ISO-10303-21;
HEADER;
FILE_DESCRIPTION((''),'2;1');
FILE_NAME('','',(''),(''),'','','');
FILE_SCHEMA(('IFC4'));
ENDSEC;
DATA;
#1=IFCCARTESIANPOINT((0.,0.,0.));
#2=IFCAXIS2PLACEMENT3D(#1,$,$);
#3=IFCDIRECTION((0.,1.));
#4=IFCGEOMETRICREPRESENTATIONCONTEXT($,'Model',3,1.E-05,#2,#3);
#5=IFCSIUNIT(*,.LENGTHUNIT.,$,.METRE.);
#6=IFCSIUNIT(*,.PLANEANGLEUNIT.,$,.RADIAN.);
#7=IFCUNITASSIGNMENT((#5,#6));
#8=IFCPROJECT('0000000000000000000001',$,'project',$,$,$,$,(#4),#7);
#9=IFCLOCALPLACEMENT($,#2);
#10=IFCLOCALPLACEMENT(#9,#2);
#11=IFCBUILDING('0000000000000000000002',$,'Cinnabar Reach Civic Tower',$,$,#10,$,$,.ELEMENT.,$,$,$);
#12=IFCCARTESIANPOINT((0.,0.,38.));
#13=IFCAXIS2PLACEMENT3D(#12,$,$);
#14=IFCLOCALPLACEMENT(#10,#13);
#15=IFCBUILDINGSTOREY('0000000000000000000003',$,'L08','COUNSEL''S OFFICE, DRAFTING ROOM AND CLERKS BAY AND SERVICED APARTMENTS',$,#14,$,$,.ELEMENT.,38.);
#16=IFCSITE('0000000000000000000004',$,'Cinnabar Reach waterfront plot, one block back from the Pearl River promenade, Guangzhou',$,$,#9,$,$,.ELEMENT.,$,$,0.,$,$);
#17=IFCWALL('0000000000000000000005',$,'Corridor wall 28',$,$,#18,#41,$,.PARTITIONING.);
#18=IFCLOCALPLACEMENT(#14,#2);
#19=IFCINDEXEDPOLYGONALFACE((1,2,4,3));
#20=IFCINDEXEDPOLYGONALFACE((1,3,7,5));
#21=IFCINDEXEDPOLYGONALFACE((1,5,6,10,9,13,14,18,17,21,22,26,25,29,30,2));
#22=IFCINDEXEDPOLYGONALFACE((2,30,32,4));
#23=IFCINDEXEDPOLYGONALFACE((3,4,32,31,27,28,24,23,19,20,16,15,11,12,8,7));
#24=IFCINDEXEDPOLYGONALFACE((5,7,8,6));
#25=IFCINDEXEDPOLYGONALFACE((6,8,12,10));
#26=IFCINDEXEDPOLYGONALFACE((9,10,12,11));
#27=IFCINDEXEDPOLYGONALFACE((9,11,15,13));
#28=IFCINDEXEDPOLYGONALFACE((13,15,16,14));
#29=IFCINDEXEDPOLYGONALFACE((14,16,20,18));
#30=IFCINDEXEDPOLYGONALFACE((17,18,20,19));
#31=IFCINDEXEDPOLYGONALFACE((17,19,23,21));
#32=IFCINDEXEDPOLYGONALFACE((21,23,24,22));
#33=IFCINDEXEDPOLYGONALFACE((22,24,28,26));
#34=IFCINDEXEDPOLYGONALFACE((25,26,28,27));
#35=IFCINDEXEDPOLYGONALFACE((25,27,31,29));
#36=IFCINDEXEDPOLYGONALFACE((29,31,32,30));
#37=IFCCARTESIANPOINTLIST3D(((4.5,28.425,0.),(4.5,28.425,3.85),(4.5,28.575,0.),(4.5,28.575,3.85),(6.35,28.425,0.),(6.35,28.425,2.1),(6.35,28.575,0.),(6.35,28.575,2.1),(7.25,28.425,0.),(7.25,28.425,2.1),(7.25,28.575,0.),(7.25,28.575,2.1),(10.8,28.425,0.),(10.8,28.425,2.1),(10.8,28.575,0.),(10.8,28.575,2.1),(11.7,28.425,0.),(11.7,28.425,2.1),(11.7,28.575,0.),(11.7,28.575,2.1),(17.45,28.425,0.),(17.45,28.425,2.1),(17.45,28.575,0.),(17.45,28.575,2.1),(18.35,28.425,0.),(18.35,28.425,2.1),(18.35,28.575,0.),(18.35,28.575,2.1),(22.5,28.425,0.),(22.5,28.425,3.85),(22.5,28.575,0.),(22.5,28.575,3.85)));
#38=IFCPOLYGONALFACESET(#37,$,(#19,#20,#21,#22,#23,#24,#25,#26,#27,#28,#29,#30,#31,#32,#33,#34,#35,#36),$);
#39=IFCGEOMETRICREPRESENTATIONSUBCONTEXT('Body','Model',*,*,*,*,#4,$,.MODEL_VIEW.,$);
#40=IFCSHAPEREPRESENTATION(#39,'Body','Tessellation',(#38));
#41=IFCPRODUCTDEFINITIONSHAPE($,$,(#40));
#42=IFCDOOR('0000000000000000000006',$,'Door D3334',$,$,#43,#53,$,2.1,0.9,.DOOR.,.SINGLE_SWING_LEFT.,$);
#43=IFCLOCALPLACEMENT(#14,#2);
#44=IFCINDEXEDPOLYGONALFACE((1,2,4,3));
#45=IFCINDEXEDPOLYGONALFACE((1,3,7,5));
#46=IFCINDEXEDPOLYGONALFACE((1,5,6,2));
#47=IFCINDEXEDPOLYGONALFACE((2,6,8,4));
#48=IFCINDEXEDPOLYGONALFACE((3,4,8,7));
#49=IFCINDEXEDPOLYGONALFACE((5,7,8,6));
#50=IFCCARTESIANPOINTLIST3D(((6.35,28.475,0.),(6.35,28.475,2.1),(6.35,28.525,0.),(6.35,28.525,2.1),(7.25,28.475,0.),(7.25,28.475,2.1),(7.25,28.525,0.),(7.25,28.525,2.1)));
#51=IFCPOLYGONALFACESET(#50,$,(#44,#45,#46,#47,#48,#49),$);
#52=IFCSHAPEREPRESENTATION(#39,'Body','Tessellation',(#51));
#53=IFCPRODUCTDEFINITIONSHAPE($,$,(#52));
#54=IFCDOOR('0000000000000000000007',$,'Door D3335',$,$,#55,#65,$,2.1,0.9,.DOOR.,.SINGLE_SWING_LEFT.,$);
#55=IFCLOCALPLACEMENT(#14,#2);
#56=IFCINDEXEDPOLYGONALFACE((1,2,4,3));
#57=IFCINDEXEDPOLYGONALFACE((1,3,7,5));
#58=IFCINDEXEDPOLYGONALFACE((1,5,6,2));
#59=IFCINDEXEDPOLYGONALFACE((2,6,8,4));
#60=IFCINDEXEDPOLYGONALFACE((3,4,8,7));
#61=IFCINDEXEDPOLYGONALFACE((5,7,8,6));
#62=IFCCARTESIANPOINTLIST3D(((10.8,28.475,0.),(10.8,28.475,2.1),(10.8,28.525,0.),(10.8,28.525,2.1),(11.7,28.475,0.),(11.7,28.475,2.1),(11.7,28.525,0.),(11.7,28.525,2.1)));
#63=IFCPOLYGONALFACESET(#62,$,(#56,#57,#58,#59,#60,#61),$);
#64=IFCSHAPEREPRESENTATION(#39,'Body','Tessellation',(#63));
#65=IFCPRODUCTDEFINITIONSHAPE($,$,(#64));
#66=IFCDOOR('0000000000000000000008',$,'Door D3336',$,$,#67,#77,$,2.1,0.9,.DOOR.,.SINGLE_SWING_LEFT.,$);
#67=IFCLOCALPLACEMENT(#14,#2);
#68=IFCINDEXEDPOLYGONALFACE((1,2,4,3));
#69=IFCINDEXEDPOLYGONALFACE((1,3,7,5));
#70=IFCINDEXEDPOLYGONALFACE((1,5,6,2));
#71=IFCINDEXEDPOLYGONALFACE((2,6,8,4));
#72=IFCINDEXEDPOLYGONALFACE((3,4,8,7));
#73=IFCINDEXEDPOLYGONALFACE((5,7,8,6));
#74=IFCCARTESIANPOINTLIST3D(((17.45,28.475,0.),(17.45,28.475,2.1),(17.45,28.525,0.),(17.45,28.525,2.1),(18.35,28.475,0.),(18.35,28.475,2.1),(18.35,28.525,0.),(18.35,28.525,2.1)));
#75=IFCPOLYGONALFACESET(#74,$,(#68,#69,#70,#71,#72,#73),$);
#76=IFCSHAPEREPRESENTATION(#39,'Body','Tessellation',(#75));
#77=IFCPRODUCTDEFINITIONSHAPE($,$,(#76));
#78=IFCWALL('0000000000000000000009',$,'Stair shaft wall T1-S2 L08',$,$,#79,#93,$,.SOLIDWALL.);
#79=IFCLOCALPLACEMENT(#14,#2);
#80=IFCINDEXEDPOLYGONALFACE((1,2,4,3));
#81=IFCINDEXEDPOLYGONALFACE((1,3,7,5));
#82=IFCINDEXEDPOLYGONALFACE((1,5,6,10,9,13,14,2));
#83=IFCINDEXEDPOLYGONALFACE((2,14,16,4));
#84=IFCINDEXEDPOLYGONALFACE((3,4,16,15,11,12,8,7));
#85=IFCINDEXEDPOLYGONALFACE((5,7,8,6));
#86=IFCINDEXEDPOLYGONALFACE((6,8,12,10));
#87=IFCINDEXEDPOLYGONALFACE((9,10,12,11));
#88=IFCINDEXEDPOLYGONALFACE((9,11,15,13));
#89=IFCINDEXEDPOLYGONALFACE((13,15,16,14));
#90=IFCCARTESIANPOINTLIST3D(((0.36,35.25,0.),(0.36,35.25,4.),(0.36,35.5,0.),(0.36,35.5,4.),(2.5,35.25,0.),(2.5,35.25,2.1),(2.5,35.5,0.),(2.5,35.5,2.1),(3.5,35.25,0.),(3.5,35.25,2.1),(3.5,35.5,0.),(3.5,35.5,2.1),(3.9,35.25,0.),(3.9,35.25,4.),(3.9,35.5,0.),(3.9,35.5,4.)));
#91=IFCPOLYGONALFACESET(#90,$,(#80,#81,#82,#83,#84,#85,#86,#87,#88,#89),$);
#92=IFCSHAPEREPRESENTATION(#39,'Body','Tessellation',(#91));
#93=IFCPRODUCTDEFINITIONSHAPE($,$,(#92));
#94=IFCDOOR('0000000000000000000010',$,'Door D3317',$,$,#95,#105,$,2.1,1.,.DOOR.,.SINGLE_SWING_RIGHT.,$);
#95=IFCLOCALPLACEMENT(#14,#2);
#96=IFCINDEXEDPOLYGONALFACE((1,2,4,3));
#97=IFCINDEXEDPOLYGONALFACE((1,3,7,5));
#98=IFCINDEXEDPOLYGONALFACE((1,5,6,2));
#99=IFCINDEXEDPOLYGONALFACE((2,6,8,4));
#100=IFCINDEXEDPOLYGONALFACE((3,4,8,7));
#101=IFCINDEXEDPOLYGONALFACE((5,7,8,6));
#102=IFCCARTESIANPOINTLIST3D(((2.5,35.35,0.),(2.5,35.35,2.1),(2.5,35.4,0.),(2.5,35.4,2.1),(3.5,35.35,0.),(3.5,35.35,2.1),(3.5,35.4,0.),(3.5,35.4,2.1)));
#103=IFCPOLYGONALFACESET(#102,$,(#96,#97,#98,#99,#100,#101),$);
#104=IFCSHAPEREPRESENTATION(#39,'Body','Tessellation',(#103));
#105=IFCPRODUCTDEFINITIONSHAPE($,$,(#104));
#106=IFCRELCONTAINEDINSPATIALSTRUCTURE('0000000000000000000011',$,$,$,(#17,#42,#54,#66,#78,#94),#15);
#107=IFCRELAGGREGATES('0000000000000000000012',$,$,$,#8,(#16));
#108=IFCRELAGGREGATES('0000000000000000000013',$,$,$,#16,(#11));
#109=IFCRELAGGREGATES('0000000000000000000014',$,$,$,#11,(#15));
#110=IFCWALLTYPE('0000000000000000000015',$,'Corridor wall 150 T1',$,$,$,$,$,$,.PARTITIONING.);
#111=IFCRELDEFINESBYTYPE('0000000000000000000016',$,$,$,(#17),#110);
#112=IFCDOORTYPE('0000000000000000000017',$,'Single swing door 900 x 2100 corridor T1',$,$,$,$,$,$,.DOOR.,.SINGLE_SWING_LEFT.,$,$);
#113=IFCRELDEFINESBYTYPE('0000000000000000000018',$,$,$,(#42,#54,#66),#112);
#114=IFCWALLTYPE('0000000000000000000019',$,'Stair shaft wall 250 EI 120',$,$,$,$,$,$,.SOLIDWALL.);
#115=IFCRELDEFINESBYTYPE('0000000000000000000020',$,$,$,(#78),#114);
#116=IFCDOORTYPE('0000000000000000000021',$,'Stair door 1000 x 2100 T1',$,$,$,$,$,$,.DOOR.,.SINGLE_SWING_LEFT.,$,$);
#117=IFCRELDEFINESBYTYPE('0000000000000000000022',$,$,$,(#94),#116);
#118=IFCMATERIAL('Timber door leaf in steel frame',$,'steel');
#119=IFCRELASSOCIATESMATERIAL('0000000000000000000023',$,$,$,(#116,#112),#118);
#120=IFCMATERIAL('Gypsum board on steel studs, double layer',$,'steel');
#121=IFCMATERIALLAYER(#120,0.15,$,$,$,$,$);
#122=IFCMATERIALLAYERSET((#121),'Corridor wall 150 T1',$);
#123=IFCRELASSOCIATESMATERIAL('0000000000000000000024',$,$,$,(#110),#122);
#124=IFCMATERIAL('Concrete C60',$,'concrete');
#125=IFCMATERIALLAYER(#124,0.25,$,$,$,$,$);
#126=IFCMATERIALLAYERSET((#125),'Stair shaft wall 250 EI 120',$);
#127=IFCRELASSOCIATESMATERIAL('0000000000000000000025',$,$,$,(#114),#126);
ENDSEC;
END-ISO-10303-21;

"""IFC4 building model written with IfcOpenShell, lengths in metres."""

from ifc_helpers import new_model, si_unit, direction, frame, frame_2d, origin, place, context, subcontext, project, spatial, rectangle, extrude, material, layer, layer_set, type_object, element, fill, save


model = new_model("IFC4")

# Units and contexts
model_context = context("Model", 3, precision=1e-05, world=origin(), true_north=direction((0.0, 1.0)))
body_context = subcontext(model_context, "Body", "Model", "MODEL_VIEW")
ifc_project = project(units=[si_unit("LENGTHUNIT", "METRE"), si_unit("PLANEANGLEUNIT", "RADIAN")], contexts=[model_context])

# Site, building, storey
site_placement = place(None, origin())
site = spatial("IfcSite", under=ifc_project, at=site_placement, Name="Cinnabar Reach waterfront plot, one block back from the Pearl River promenade, Guangzhou", CompositionType="ELEMENT", RefElevation=0.0)
building_placement = place(site_placement, origin())
building = spatial("IfcBuilding", under=site, at=building_placement, Name="Cinnabar Reach Civic Tower", CompositionType="ELEMENT")
storey_placement = place(building_placement, frame((0.0, 0.0, 38.0)))
storey = spatial("IfcBuildingStorey", under=building, at=storey_placement, Name="L08", Description="COUNSEL'S OFFICE, DRAFTING ROOM AND CLERKS BAY AND SERVICED APARTMENTS", CompositionType="ELEMENT", Elevation=38.0)

# Shared definitions
ifc_material_1 = material(Name="Concrete C60", Category="concrete")

# Shared definitions
ifc_material_2 = material(Name="Timber door leaf in steel frame", Category="steel")
door_type_1 = type_object("IfcDoorType", Name="Stair door 1000 x 2100 T1", OperationType="SINGLE_SWING_LEFT", PredefinedType="DOOR", material=ifc_material_2)

# Wall, openings, doors
ifc_material_3 = material(Name="Gypsum board on steel studs, double layer", Category="steel")
ifc_layer_1 = layer(ifc_material_3, 0.15)
ifc_layer_set_1 = layer_set([ifc_layer_1], Name="Corridor wall 150 T1")
wall_type_1 = type_object("IfcWallType", Name="Corridor wall 150 T1", PredefinedType="PARTITIONING", material=ifc_layer_set_1)
wall_1_placement = place(storey_placement, frame((4.5, 28.5, 0.0), z_axis=(0.0, 0.0, 1.0), x_axis=(1.0, 0.0, 0.0)))
wall_1 = element("IfcWall", 1, at=wall_1_placement, inside=storey, type_object=wall_type_1, Name="Corridor wall 28", PredefinedType="PARTITIONING", context=body_context, shape_type="SweptSolid", body=[
    extrude(rectangle(XDim=18.0, YDim=0.15, at=frame_2d((9.0, 0.0))), origin(), (0.0, 0.0, 1.0), 3.85),
])
opening_1_placement = place(wall_1_placement, frame((1.85, 0.0, 0.0)))
opening_1 = element("IfcOpeningElement", 2, at=opening_1_placement, cuts=wall_1, PredefinedType="OPENING", context=body_context, shape_type="SweptSolid", body=[
    extrude(rectangle(XDim=0.9, YDim=2.1, at=frame_2d((0.45, 1.05))), frame((0.0, 0.085, 0.0), z_axis=(0.0, -1.0, 0.0), x_axis=(1.0, 0.0, 0.0)), (0.0, 0.0, 1.0), 0.17),
])
opening_2_placement = place(wall_1_placement, frame((6.3, 0.0, 0.0)))
opening_2 = element("IfcOpeningElement", 3, at=opening_2_placement, cuts=wall_1, PredefinedType="OPENING", context=body_context, shape_type="SweptSolid", body=[
    extrude(rectangle(XDim=0.9, YDim=2.1, at=frame_2d((0.45, 1.05))), frame((0.0, 0.085, 0.0), z_axis=(0.0, -1.0, 0.0), x_axis=(1.0, 0.0, 0.0)), (0.0, 0.0, 1.0), 0.17),
])
opening_3_placement = place(wall_1_placement, frame((12.95, 0.0, 0.0)))
opening_3 = element("IfcOpeningElement", 4, at=opening_3_placement, cuts=wall_1, PredefinedType="OPENING", context=body_context, shape_type="SweptSolid", body=[
    extrude(rectangle(XDim=0.9, YDim=2.1, at=frame_2d((0.45, 1.05))), frame((0.0, 0.085, 0.0), z_axis=(0.0, -1.0, 0.0), x_axis=(1.0, 0.0, 0.0)), (0.0, 0.0, 1.0), 0.17),
])
door_type_2 = type_object("IfcDoorType", Name="Single swing door 900 x 2100 corridor T1", OperationType="SINGLE_SWING_LEFT", PredefinedType="DOOR", material=ifc_material_2)
door_1_placement = place(opening_1_placement, origin())
door_1 = element("IfcDoor", 5, at=door_1_placement, inside=storey, type_object=door_type_2, Name="Door D3334", OperationType="SINGLE_SWING_LEFT", OverallHeight=2.1, OverallWidth=0.9, PredefinedType="DOOR", context=body_context, shape_type="SweptSolid", body=[
    extrude(rectangle(XDim=0.9, YDim=2.1, at=frame_2d((0.45, 1.05))), frame((0.0, 0.025, 0.0), z_axis=(0.0, -1.0, 0.0), x_axis=(1.0, 0.0, 0.0)), (0.0, 0.0, 1.0), 0.05),
])
fill(opening_1, door_1)
door_2_placement = place(opening_2_placement, origin())
door_2 = element("IfcDoor", 6, at=door_2_placement, inside=storey, type_object=door_type_2, Name="Door D3335", OperationType="SINGLE_SWING_LEFT", OverallHeight=2.1, OverallWidth=0.9, PredefinedType="DOOR", context=body_context, shape_type="SweptSolid", body=[
    extrude(rectangle(XDim=0.9, YDim=2.1, at=frame_2d((0.45, 1.05))), frame((0.0, 0.025, 0.0), z_axis=(0.0, -1.0, 0.0), x_axis=(1.0, 0.0, 0.0)), (0.0, 0.0, 1.0), 0.05),
])
fill(opening_2, door_2)
door_3_placement = place(opening_3_placement, origin())
door_3 = element("IfcDoor", 7, at=door_3_placement, inside=storey, type_object=door_type_2, Name="Door D3336", OperationType="SINGLE_SWING_LEFT", OverallHeight=2.1, OverallWidth=0.9, PredefinedType="DOOR", context=body_context, shape_type="SweptSolid", body=[
    extrude(rectangle(XDim=0.9, YDim=2.1, at=frame_2d((0.45, 1.05))), frame((0.0, 0.025, 0.0), z_axis=(0.0, -1.0, 0.0), x_axis=(1.0, 0.0, 0.0)), (0.0, 0.0, 1.0), 0.05),
])
fill(opening_3, door_3)

# Wall, opening, door
ifc_layer_2 = layer(ifc_material_1, 0.25)
ifc_layer_set_2 = layer_set([ifc_layer_2], Name="Stair shaft wall 250 EI 120")
wall_type_2 = type_object("IfcWallType", Name="Stair shaft wall 250 EI 120", PredefinedType="SOLIDWALL", material=ifc_layer_set_2)
wall_2_placement = place(storey_placement, frame((0.36, 35.375, 0.0), z_axis=(0.0, 0.0, 1.0), x_axis=(1.0, 0.0, 0.0)))
wall_2 = element("IfcWall", 8, at=wall_2_placement, inside=storey, type_object=wall_type_2, Name="Stair shaft wall T1-S2 L08", PredefinedType="SOLIDWALL", context=body_context, shape_type="SweptSolid", body=[
    extrude(rectangle(XDim=3.54, YDim=0.25, at=frame_2d((1.77, 0.0))), origin(), (0.0, 0.0, 1.0), 4.0),
])
opening_4_placement = place(wall_2_placement, frame((2.14, 0.0, 0.0)))
opening_4 = element("IfcOpeningElement", 9, at=opening_4_placement, cuts=wall_2, PredefinedType="OPENING", context=body_context, shape_type="SweptSolid", body=[
    extrude(rectangle(XDim=1.0, YDim=2.1, at=frame_2d((0.5, 1.05))), frame((0.0, 0.135, 0.0), z_axis=(0.0, -1.0, 0.0), x_axis=(1.0, 0.0, 0.0)), (0.0, 0.0, 1.0), 0.27),
])
door_4_placement = place(opening_4_placement, origin())
door_4 = element("IfcDoor", 10, at=door_4_placement, inside=storey, type_object=door_type_1, Name="Door D3317", OperationType="SINGLE_SWING_RIGHT", OverallHeight=2.1, OverallWidth=1.0, PredefinedType="DOOR", context=body_context, shape_type="SweptSolid", body=[
    extrude(rectangle(XDim=1.0, YDim=2.1, at=frame_2d((0.5, 1.05))), frame((0.0, 0.025, 0.0), z_axis=(0.0, -1.0, 0.0), x_axis=(1.0, 0.0, 0.0)), (0.0, 0.0, 1.0), 0.05),
])
fill(opening_4, door_4)

save(model, "model.ifc")
